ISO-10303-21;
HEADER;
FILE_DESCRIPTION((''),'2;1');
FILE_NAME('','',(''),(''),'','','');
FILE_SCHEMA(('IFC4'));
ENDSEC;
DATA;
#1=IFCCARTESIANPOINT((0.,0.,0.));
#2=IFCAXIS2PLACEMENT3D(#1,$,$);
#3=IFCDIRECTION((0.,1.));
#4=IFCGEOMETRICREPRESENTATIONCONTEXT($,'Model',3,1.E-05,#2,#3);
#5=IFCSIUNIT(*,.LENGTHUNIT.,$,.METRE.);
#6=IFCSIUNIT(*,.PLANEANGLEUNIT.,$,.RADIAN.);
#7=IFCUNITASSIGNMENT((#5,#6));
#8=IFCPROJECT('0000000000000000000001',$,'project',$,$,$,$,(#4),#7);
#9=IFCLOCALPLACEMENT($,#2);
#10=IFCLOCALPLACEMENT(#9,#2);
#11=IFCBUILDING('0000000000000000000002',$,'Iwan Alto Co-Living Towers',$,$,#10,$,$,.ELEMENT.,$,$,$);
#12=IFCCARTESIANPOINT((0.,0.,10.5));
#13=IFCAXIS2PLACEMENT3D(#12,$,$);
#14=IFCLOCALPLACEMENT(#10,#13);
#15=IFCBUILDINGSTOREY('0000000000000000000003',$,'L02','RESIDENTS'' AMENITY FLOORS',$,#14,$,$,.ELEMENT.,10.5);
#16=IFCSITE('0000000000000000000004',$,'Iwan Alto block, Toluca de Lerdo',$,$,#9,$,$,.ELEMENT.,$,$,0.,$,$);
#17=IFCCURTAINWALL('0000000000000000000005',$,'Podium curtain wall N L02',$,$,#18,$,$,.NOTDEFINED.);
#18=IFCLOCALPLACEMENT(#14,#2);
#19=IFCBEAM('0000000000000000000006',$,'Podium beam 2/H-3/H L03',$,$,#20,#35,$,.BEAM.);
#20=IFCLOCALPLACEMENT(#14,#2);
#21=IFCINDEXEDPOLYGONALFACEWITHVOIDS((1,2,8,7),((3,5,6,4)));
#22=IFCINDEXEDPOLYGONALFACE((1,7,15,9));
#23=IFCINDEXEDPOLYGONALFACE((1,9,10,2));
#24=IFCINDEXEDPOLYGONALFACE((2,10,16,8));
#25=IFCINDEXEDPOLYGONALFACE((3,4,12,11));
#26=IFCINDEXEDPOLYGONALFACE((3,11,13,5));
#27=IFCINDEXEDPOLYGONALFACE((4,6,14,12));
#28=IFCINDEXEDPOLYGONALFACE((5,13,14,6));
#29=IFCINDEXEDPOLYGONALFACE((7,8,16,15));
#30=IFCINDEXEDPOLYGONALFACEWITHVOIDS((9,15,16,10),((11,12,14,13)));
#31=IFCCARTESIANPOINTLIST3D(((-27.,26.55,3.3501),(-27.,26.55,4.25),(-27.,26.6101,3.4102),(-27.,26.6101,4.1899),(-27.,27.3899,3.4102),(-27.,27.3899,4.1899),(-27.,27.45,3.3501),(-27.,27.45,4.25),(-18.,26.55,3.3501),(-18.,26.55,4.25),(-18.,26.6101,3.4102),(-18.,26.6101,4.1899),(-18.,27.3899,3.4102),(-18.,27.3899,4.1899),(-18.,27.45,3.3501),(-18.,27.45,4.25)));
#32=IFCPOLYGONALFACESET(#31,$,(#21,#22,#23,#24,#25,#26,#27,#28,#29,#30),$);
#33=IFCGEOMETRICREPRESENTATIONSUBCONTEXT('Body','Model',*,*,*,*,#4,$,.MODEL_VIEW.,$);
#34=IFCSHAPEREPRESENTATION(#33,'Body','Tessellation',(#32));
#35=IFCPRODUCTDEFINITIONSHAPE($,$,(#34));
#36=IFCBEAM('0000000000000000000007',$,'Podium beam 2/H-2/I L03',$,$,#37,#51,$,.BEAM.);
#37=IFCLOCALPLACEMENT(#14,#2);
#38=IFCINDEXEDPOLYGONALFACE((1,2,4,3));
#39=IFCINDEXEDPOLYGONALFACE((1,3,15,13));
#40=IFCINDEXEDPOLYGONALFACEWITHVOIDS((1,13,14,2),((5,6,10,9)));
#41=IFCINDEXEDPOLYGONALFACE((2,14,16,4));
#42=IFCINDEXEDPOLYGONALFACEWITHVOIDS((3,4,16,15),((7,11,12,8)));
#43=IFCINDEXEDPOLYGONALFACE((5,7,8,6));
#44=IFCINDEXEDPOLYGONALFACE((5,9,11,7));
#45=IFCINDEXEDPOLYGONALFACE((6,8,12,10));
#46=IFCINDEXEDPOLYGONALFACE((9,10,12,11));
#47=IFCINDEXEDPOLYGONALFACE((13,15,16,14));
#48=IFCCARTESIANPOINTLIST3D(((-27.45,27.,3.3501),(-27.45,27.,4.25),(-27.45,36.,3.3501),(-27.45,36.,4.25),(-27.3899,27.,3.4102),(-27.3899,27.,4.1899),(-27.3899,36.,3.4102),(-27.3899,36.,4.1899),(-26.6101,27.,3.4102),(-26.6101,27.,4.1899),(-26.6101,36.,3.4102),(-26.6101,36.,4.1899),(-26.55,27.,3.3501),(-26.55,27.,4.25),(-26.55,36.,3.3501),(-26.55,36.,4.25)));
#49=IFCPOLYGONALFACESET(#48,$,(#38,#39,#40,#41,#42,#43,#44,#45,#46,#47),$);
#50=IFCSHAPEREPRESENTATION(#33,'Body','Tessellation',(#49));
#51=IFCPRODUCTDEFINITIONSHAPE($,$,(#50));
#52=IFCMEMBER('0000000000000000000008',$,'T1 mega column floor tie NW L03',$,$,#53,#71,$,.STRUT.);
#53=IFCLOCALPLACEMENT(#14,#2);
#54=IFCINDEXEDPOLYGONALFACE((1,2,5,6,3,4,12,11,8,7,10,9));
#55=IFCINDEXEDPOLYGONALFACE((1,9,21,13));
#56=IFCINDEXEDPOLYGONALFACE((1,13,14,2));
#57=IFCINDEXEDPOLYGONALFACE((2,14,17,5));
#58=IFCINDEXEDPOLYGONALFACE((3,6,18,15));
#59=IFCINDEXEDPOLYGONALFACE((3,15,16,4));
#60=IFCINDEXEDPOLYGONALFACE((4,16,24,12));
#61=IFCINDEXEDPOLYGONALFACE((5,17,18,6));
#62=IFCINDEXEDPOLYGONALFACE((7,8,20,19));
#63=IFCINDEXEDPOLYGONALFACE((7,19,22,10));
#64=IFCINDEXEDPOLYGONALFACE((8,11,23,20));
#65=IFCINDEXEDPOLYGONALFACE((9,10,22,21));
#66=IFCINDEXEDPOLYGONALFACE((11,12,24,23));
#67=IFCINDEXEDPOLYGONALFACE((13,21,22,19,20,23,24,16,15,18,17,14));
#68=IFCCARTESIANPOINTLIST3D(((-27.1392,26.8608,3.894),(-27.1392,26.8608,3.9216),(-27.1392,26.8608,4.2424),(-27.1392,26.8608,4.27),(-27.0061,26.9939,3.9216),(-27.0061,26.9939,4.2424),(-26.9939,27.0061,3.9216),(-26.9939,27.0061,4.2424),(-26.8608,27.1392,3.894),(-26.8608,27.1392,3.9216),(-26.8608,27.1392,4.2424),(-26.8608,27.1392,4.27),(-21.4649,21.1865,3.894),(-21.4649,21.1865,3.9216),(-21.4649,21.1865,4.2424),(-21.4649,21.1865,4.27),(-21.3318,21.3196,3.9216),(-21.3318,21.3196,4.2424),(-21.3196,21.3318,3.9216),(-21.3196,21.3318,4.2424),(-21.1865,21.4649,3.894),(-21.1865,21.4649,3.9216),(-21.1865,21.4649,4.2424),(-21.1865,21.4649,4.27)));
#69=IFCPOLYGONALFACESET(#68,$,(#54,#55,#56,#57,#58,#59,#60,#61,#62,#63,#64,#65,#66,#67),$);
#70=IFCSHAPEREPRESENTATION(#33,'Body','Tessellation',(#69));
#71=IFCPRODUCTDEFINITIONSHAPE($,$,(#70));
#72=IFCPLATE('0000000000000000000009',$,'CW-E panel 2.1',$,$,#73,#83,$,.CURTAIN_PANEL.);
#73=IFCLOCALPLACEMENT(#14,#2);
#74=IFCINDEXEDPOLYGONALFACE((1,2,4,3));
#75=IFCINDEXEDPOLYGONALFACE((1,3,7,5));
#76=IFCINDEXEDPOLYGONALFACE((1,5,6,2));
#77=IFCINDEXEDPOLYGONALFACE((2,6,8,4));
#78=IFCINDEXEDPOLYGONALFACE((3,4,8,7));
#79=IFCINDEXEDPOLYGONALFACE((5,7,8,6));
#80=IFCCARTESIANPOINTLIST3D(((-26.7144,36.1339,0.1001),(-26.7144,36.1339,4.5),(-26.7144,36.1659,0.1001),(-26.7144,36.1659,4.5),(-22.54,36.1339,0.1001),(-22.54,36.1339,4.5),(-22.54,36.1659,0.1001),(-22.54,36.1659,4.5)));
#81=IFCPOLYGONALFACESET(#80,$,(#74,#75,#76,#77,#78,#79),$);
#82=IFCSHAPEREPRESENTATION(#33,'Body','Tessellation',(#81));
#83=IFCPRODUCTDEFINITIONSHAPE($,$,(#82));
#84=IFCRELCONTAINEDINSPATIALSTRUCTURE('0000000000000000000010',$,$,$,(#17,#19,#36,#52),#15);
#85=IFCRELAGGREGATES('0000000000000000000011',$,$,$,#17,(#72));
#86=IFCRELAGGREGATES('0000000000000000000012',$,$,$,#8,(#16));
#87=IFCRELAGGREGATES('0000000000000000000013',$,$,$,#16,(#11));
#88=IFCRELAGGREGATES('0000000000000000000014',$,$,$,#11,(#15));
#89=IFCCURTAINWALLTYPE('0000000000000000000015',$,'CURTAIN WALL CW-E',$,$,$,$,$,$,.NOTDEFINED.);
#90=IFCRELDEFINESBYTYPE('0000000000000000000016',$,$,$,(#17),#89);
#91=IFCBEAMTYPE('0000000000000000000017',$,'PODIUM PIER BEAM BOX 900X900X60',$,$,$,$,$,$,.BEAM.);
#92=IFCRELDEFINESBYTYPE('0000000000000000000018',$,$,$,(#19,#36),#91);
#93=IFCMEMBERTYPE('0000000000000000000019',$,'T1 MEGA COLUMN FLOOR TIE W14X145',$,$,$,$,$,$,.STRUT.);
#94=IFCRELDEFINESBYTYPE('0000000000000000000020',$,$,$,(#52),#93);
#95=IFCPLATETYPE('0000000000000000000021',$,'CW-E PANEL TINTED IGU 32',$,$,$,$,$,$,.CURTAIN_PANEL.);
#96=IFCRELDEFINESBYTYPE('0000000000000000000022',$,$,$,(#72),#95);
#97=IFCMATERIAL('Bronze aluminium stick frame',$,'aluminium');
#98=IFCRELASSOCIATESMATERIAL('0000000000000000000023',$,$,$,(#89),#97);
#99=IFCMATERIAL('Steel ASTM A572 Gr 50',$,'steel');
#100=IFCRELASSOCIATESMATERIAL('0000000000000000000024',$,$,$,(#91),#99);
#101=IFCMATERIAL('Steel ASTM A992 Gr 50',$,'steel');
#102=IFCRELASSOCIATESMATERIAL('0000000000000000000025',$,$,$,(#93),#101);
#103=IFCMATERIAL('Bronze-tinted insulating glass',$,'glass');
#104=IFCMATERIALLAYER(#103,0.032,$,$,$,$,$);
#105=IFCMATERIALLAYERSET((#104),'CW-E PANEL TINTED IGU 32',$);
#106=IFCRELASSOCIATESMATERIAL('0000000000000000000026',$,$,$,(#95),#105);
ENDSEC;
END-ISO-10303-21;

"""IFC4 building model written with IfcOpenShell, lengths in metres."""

from ifc_helpers import new_model, si_unit, direction, frame, origin, origin_2d, place, context, subcontext, project, spatial, rectangle, hollow_rectangle, i_section, extrude, material, layer, layer_set, material_profile, profile_set, type_object, element, aggregate, save


model = new_model("IFC4")

# Units and contexts
model_context = context("Model", 3, precision=1e-05, world=origin(), true_north=direction((0.0, 1.0)))
body_context = subcontext(model_context, "Body", "Model", "MODEL_VIEW")
ifc_project = project(units=[si_unit("LENGTHUNIT", "METRE"), si_unit("PLANEANGLEUNIT", "RADIAN")], contexts=[model_context])

# Site, building, storey
site_placement = place(None, origin())
site = spatial("IfcSite", under=ifc_project, at=site_placement, Name="Iwan Alto block, Toluca de Lerdo", CompositionType="ELEMENT", RefElevation=0.0)
building_placement = place(site_placement, origin())
building = spatial("IfcBuilding", under=site, at=building_placement, Name="Iwan Alto Co-Living Towers", CompositionType="ELEMENT")
storey_placement = place(building_placement, frame((0.0, 0.0, 10.5)))
storey = spatial("IfcBuildingStorey", under=building, at=storey_placement, Name="L02", Description="RESIDENTS' AMENITY FLOORS", CompositionType="ELEMENT", Elevation=10.5)

# Shared definitions
ifc_material_1 = material(Name="Bronze aluminium stick frame", Category="aluminium")
curtain_wall_type = type_object("IfcCurtainWallType", Name="CURTAIN WALL CW-E", PredefinedType="NOTDEFINED", material=ifc_material_1)

# Curtain wall
curtain_wall_1_placement = place(storey_placement, origin())
curtain_wall_1 = element("IfcCurtainWall", 1, at=curtain_wall_1_placement, inside=storey, type_object=curtain_wall_type, Name="Podium curtain wall N L02", PredefinedType="NOTDEFINED")

# Beams
ifc_material_2 = material(Name="Steel ASTM A572 Gr 50", Category="steel")
ifc_material_profile_1 = material_profile(ifc_material_2, hollow_rectangle(XDim=0.8999, YDim=0.8999, WallThickness=0.0601, at=origin_2d()), Name="BOX 900X900X60")
ifc_profile_set_1 = profile_set([ifc_material_profile_1], Name="Steel ASTM A572 Gr 50")
beam_type_1 = type_object("IfcBeamType", Name="PODIUM PIER BEAM BOX 900X900X60", PredefinedType="BEAM", material=ifc_profile_set_1)
for number, where, z_axis, x_axis, name in (
    (2, (-27.0, 27.0, 3.8), (1.0, 0.0, 0.0), (0.0, 1.0, 0.0), "Podium beam 2/H-3/H L03"),
    (3, (-27.0, 27.0, 3.8), (0.0, 1.0, 0.0), (-1.0, 0.0, 0.0), "Podium beam 2/H-2/I L03"),
):
    element("IfcBeam", number, at=place(storey_placement, frame(where, z_axis=z_axis, x_axis=x_axis)), inside=storey, type_object=beam_type_1, Name=name, PredefinedType="BEAM", context=body_context, shape_type="SweptSolid", body=[
        extrude(hollow_rectangle(XDim=0.8999, YDim=0.8999, WallThickness=0.0601, at=origin_2d()), origin(), (0.0, 0.0, 1.0), 9.0),
    ])

# Member
ifc_material_3 = material(Name="Steel ASTM A992 Gr 50", Category="steel")
ifc_material_profile_2 = material_profile(ifc_material_3, i_section(OverallWidth=0.3938, OverallDepth=0.376, WebThickness=0.0173, FlangeThickness=0.0276, at=origin_2d()), Name="W14X145")
ifc_profile_set_2 = profile_set([ifc_material_profile_2], Name="Steel ASTM A992 Gr 50")
member_type_1 = type_object("IfcMemberType", Name="T1 MEGA COLUMN FLOOR TIE W14X145", PredefinedType="STRUT", material=ifc_profile_set_2)
member_1_placement = place(storey_placement, frame((-27.0, 27.0, 4.082), z_axis=(0.707107, -0.707107, 0.0), x_axis=(0.707107, 0.707107, 0.0)))
element("IfcMember", 4, at=member_1_placement, inside=storey, type_object=member_type_1, Name="T1 mega column floor tie NW L03", PredefinedType="STRUT", context=body_context, shape_type="SweptSolid", body=[
    extrude(i_section(OverallWidth=0.3938, OverallDepth=0.376, WebThickness=0.0173, FlangeThickness=0.0276, at=origin_2d()), origin(), (0.0, 0.0, 1.0), 8.0247),
])

# Plate
ifc_material_4 = material(Name="Bronze-tinted insulating glass", Category="glass")
ifc_layer = layer(ifc_material_4, 0.032)
ifc_layer_set = layer_set([ifc_layer], Name="CW-E PANEL TINTED IGU 32")
plate_type = type_object("IfcPlateType", Name="CW-E PANEL TINTED IGU 32", PredefinedType="CURTAIN_PANEL", material=ifc_layer_set)
plate_placement = place(storey_placement, frame((-24.6272, 36.1499, 0.1001), z_axis=(0.0, 0.0, 1.0), x_axis=(-1.0, 0.0, 0.0)))
plate = element("IfcPlate", 5, at=plate_placement, type_object=plate_type, Name="CW-E panel 2.1", PredefinedType="CURTAIN_PANEL", context=body_context, shape_type="SweptSolid", body=[
    extrude(rectangle(XDim=4.1743, YDim=0.032, at=origin_2d()), origin(), (0.0, 0.0, 1.0), 4.3999),
])
aggregate(curtain_wall_1, [plate])

save(model, "model.ifc")
